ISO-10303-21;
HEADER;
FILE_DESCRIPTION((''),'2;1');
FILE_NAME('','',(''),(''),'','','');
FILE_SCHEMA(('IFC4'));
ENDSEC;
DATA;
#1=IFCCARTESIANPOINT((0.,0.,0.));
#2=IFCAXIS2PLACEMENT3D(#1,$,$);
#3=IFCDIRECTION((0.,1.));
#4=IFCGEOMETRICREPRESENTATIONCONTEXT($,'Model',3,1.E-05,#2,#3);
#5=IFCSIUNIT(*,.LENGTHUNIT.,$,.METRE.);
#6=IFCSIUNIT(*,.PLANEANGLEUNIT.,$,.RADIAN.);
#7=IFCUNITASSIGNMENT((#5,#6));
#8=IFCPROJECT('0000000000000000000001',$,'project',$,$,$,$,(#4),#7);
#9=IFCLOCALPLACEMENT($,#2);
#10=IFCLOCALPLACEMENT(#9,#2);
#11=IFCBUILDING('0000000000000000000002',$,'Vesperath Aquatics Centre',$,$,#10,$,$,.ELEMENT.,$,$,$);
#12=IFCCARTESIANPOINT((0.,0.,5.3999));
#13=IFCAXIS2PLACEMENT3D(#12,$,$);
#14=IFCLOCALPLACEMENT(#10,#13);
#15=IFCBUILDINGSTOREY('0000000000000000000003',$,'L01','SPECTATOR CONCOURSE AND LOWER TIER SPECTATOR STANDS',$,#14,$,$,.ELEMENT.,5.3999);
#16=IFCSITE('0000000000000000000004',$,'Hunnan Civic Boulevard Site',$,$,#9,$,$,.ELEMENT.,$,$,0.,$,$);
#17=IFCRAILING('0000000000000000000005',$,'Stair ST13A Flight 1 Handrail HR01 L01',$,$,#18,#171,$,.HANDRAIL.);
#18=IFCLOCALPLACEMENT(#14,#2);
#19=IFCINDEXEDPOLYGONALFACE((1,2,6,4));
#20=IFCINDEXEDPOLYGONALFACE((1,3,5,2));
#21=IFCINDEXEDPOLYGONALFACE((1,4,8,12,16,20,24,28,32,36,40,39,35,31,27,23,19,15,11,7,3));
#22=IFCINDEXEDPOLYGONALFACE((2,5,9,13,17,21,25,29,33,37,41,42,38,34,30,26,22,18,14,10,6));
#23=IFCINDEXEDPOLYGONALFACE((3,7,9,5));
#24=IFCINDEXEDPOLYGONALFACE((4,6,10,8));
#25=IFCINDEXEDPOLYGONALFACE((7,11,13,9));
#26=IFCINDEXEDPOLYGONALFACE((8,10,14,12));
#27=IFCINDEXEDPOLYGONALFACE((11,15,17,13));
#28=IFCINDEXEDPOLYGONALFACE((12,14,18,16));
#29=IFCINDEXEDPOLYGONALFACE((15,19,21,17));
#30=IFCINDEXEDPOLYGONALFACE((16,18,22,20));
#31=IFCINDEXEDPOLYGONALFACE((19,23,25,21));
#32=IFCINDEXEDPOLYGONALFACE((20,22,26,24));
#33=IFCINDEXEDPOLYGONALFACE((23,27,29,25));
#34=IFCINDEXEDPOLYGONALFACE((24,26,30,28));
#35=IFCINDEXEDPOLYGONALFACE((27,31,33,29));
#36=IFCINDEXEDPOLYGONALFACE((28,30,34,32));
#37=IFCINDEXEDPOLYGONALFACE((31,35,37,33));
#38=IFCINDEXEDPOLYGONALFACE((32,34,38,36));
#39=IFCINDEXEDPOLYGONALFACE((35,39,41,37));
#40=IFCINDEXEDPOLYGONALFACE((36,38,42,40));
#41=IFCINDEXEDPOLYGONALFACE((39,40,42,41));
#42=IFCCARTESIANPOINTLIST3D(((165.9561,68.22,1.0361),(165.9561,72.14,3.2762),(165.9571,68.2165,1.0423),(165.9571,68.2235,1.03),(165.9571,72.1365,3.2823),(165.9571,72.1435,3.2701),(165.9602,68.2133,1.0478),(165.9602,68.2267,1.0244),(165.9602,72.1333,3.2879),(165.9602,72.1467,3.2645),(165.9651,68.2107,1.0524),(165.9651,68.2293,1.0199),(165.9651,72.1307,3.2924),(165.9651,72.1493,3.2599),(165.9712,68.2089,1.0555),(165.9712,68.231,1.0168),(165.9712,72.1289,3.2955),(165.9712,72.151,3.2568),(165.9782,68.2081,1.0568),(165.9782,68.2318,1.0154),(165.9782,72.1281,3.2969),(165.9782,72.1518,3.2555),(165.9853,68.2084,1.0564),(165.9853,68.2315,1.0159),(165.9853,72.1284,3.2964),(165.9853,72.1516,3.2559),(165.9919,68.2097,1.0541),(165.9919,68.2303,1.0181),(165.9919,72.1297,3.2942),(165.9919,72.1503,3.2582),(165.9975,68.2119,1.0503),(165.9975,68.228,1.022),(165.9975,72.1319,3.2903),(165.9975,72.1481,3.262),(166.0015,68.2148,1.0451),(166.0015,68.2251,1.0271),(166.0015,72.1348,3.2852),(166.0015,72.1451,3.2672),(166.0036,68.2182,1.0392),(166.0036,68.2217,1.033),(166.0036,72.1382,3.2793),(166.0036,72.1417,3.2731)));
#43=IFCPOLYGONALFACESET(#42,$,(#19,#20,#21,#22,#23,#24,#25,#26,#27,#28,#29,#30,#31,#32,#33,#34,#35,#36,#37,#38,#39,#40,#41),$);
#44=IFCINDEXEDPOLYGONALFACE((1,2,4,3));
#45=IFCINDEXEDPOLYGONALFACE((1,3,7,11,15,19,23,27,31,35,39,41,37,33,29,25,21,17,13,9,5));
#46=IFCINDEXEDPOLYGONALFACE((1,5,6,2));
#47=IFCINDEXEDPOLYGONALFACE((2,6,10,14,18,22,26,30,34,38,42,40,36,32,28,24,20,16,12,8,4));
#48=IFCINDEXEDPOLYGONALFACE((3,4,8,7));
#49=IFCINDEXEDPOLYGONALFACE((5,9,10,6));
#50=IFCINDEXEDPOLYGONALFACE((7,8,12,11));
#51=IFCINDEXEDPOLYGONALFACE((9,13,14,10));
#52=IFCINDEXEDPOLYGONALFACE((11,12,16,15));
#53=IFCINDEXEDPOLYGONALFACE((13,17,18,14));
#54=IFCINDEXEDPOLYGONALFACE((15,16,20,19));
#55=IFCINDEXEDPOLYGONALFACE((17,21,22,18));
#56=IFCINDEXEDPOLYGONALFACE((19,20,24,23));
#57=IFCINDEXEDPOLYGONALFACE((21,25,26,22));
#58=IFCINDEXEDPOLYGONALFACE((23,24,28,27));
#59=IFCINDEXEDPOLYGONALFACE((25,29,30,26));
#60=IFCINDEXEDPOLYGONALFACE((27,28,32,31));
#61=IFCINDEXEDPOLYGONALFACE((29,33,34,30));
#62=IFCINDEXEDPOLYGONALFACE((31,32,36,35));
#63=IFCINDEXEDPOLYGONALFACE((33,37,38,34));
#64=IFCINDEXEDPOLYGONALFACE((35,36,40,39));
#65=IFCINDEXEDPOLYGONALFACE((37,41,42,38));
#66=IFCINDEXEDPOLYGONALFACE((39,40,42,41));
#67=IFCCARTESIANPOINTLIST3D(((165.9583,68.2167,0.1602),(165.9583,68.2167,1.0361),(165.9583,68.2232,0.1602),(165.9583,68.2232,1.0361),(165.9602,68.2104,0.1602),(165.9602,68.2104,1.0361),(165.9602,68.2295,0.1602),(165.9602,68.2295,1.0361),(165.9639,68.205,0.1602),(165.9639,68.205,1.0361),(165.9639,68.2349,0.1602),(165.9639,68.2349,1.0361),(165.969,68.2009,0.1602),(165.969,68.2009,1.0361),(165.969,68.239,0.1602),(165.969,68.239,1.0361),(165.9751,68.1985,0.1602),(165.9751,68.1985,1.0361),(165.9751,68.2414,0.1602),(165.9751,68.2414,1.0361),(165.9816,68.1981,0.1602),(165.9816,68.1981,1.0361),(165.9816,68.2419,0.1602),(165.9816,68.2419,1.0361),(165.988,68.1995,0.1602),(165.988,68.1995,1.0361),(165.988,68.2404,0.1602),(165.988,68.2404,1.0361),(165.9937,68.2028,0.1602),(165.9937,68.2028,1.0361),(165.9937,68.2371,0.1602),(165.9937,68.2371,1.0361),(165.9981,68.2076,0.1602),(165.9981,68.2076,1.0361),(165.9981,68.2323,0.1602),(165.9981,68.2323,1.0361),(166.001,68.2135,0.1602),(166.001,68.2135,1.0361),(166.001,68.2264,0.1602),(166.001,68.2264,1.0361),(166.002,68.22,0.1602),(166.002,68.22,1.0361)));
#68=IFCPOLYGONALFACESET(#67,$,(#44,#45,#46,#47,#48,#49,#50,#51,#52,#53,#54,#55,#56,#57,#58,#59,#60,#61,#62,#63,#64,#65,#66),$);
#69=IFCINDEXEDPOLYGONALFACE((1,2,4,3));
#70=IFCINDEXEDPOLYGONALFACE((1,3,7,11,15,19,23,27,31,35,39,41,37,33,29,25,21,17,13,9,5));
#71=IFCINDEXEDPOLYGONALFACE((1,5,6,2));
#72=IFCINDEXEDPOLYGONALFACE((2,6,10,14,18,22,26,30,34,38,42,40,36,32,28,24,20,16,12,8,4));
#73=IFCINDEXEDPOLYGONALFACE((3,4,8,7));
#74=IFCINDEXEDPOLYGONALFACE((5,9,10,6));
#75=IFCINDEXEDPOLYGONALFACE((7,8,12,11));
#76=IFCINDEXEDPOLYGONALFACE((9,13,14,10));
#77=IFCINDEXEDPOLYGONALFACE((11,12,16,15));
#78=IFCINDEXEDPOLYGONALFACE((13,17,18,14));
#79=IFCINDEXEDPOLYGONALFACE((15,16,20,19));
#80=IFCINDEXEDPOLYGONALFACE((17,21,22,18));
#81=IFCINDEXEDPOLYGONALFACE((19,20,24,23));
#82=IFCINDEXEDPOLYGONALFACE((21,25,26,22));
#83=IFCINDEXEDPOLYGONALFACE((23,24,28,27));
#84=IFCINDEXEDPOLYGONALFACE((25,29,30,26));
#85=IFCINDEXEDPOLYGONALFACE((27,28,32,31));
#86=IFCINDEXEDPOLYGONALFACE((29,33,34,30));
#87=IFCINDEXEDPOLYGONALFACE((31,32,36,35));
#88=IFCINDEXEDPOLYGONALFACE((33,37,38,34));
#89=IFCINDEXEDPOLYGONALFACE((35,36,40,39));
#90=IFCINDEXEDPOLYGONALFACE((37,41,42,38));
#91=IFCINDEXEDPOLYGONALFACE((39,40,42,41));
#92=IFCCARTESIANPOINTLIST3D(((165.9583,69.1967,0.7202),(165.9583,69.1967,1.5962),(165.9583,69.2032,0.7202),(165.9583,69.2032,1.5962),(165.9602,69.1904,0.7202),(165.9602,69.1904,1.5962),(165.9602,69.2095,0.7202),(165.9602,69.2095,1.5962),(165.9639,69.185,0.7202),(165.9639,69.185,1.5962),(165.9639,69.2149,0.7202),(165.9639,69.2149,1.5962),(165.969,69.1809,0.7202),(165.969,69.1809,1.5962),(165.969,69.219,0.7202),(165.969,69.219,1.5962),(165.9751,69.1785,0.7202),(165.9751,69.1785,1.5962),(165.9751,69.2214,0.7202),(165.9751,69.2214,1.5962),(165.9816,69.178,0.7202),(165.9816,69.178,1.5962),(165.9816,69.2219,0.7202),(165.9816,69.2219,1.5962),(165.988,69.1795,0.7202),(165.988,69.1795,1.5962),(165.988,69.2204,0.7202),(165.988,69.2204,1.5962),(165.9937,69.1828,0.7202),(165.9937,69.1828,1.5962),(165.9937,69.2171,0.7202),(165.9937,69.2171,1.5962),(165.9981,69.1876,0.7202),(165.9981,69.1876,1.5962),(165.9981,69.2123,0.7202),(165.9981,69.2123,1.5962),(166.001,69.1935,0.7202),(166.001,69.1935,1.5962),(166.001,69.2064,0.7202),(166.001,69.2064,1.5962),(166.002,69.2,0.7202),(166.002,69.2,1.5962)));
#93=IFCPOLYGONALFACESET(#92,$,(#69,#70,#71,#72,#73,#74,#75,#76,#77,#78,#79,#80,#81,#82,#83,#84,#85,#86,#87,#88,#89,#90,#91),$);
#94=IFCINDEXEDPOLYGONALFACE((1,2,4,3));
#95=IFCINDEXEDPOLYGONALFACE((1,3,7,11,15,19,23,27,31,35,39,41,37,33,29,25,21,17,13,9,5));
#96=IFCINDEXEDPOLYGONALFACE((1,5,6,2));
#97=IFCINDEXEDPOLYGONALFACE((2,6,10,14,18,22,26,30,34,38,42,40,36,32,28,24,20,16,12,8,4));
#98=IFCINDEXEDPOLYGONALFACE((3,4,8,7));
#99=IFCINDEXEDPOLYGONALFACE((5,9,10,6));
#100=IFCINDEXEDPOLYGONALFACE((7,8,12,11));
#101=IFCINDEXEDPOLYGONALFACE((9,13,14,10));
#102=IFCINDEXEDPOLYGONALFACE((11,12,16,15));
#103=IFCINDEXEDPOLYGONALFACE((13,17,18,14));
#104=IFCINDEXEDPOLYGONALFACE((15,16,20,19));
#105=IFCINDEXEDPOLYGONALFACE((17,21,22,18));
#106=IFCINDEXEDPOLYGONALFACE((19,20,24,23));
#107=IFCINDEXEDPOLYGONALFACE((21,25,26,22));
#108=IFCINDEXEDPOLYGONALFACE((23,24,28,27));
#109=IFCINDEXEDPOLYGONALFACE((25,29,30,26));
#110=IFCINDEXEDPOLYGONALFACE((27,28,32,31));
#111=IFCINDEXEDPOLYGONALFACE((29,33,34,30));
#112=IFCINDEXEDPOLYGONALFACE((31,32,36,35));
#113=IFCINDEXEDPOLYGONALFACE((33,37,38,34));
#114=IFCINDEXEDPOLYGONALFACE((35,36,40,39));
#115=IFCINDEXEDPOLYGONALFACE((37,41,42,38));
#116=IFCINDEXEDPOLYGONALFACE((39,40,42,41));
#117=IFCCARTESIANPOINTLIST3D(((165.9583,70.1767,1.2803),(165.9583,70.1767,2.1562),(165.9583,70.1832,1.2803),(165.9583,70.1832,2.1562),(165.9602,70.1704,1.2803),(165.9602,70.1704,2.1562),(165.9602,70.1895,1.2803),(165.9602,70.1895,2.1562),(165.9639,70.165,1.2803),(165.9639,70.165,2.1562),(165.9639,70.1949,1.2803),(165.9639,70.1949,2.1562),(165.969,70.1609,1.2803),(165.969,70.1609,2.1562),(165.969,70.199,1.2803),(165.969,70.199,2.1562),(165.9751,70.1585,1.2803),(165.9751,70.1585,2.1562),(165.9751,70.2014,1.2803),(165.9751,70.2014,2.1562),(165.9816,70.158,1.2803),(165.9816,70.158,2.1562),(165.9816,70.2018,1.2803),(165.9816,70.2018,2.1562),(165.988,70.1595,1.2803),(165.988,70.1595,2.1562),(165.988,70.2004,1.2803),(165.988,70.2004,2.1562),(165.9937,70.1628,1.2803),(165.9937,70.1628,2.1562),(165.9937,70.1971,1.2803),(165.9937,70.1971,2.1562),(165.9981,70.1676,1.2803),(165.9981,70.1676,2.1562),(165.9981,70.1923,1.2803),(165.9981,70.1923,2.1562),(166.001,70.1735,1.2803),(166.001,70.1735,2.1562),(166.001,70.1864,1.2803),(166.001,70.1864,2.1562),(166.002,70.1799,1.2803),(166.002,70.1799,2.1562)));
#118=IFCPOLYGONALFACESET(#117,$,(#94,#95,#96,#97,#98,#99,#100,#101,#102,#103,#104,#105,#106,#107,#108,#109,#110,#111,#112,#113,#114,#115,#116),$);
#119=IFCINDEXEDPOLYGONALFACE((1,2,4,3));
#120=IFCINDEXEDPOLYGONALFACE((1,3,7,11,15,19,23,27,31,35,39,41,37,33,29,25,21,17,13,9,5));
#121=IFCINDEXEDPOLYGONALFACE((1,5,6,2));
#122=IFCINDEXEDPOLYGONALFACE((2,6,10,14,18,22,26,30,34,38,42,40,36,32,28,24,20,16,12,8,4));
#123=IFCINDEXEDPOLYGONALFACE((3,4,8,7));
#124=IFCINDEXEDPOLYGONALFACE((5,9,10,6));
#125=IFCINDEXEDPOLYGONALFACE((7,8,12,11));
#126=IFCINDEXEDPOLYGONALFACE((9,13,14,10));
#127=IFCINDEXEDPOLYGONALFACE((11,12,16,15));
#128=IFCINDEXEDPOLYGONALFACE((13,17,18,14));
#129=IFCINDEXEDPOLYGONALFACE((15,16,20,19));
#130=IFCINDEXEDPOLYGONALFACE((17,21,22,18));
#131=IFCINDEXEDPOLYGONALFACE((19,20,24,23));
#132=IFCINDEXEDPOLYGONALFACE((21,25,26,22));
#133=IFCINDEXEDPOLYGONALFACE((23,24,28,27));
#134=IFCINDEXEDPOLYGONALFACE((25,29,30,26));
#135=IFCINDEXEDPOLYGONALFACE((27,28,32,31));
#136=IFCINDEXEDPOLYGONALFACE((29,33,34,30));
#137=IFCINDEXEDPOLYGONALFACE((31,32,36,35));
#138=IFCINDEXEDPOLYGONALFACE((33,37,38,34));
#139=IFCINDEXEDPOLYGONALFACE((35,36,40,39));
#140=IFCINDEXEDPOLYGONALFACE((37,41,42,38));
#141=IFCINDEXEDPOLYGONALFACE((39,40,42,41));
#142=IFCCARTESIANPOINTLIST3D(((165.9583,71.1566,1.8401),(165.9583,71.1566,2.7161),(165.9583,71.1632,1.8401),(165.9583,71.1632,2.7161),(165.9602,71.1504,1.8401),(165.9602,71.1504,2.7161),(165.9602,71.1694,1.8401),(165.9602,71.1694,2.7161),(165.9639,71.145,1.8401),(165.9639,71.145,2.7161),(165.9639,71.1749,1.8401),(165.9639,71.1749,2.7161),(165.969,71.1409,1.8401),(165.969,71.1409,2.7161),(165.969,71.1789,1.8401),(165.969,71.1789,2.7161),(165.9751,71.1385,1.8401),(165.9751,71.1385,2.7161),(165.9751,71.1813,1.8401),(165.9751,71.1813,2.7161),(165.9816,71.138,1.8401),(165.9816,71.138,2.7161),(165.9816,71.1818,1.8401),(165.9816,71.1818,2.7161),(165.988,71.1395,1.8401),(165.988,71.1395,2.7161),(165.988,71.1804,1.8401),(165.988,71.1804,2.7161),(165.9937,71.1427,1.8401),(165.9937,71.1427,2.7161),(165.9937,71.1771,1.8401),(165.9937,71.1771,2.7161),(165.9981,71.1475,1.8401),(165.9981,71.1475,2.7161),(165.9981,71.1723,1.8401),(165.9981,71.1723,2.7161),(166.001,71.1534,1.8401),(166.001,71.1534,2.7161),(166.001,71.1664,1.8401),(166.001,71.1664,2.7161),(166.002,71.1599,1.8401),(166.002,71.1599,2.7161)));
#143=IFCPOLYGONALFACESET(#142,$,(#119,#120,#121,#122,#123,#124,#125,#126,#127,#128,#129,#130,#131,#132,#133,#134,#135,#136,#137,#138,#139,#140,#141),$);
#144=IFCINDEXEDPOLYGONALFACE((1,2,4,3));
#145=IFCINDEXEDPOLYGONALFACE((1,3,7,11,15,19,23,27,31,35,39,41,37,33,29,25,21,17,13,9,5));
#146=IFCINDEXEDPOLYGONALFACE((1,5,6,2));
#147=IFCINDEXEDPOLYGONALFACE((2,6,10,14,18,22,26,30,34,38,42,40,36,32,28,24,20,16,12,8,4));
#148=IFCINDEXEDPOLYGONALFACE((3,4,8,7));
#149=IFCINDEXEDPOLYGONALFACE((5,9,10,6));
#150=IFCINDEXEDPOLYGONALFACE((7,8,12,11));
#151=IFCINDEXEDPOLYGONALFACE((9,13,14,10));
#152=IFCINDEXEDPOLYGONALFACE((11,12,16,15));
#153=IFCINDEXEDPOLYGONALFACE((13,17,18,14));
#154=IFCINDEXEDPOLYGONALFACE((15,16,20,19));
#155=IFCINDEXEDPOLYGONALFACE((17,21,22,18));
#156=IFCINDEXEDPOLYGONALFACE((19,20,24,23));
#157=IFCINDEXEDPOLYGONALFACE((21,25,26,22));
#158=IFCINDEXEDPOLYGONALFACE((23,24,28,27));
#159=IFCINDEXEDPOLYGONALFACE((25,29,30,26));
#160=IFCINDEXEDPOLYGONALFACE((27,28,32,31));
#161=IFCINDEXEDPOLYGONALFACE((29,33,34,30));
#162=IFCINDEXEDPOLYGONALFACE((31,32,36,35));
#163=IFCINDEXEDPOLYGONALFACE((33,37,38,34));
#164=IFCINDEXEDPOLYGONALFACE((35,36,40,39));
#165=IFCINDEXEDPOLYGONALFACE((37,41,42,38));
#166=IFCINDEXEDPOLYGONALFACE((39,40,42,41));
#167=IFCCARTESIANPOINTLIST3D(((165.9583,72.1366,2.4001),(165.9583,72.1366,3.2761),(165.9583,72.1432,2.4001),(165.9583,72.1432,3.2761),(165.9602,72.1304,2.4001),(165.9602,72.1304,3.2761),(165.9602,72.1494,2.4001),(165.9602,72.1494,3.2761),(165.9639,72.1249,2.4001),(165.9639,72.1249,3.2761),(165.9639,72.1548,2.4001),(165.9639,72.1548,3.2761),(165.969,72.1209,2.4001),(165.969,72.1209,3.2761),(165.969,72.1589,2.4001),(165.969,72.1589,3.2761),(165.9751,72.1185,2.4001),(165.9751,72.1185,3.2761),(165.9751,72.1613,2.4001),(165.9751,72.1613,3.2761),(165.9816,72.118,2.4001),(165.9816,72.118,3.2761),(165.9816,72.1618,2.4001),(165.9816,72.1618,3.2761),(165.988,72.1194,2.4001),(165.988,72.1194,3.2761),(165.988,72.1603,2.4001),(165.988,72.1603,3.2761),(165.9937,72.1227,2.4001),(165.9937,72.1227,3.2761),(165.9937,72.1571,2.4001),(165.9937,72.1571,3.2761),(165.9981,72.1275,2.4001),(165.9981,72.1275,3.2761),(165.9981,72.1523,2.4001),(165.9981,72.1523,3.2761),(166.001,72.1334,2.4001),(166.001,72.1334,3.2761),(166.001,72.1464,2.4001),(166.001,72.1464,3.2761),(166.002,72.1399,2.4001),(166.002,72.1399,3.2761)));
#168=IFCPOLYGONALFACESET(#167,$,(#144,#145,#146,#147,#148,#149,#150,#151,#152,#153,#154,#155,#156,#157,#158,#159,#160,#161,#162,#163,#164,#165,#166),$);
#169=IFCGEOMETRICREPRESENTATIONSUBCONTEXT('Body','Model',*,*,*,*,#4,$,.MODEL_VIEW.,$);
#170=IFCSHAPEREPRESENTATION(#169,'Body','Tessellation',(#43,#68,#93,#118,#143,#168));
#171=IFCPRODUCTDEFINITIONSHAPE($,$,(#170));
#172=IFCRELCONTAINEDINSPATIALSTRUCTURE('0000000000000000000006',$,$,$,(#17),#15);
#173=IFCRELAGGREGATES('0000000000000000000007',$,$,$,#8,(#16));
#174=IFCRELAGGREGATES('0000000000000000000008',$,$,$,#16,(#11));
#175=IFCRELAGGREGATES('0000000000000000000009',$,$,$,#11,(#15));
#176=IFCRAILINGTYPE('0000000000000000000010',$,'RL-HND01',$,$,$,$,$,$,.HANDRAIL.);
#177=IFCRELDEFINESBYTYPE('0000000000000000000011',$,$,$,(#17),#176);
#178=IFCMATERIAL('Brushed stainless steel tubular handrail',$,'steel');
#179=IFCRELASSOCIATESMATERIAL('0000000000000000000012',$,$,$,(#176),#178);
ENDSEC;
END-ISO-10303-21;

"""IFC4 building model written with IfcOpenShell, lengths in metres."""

from ifc_helpers import new_model, si_unit, direction, frame, origin, origin_2d, place, context, subcontext, project, spatial, circle, extrude, material, type_object, element, save


model = new_model("IFC4")

# Units and contexts
model_context = context("Model", 3, precision=1e-05, world=origin(), true_north=direction((0.0, 1.0)))
body_context = subcontext(model_context, "Body", "Model", "MODEL_VIEW")
ifc_project = project(units=[si_unit("LENGTHUNIT", "METRE"), si_unit("PLANEANGLEUNIT", "RADIAN")], contexts=[model_context])

# Site, building, storey
site_placement = place(None, origin())
site = spatial("IfcSite", under=ifc_project, at=site_placement, Name="Hunnan Civic Boulevard Site", CompositionType="ELEMENT", RefElevation=0.0)
building_placement = place(site_placement, origin())
building = spatial("IfcBuilding", under=site, at=building_placement, Name="Vesperath Aquatics Centre", CompositionType="ELEMENT")
storey_placement = place(building_placement, frame((0.0, 0.0, 5.3999)))
storey = spatial("IfcBuildingStorey", under=building, at=storey_placement, Name="L01", Description="SPECTATOR CONCOURSE AND LOWER TIER SPECTATOR STANDS", CompositionType="ELEMENT", Elevation=5.3999)

# Railing
ifc_material_1 = material(Name="Brushed stainless steel tubular handrail", Category="steel")
railing_type_1 = type_object("IfcRailingType", Name="RL-HND01", PredefinedType="HANDRAIL", material=ifc_material_1)
railing_1_placement = place(storey_placement, frame((165.98, 68.22, 0.1602)))
element("IfcRailing", 1, at=railing_1_placement, inside=storey, type_object=railing_type_1, Name="Stair ST13A Flight 1 Handrail HR01 L01", PredefinedType="HANDRAIL", context=body_context, shape_type="SweptSolid", body=[
    extrude(circle(Radius=0.0239, at=origin_2d()), frame((0.0, 0.0, 0.876), z_axis=(0.0, 0.86824, 0.496145), x_axis=(-1.0, 0.0, 0.0)), (0.0, 0.0, 1.0), 4.5149),
    extrude(circle(Radius=0.022, at=origin_2d()), origin(), (0.0, 0.0, 1.0), 0.876),
    extrude(circle(Radius=0.022, at=origin_2d()), frame((0.0, 0.98, 0.5601)), (0.0, 0.0, 1.0), 0.876),
    extrude(circle(Radius=0.022, at=origin_2d()), frame((0.0, 1.96, 1.1201)), (0.0, 0.0, 1.0), 0.876),
    extrude(circle(Radius=0.022, at=origin_2d()), frame((0.0, 2.9399, 1.6799)), (0.0, 0.0, 1.0), 0.876),
    extrude(circle(Radius=0.022, at=origin_2d()), frame((0.0, 3.9199, 2.24)), (0.0, 0.0, 1.0), 0.876),
])

save(model, "model.ifc")
